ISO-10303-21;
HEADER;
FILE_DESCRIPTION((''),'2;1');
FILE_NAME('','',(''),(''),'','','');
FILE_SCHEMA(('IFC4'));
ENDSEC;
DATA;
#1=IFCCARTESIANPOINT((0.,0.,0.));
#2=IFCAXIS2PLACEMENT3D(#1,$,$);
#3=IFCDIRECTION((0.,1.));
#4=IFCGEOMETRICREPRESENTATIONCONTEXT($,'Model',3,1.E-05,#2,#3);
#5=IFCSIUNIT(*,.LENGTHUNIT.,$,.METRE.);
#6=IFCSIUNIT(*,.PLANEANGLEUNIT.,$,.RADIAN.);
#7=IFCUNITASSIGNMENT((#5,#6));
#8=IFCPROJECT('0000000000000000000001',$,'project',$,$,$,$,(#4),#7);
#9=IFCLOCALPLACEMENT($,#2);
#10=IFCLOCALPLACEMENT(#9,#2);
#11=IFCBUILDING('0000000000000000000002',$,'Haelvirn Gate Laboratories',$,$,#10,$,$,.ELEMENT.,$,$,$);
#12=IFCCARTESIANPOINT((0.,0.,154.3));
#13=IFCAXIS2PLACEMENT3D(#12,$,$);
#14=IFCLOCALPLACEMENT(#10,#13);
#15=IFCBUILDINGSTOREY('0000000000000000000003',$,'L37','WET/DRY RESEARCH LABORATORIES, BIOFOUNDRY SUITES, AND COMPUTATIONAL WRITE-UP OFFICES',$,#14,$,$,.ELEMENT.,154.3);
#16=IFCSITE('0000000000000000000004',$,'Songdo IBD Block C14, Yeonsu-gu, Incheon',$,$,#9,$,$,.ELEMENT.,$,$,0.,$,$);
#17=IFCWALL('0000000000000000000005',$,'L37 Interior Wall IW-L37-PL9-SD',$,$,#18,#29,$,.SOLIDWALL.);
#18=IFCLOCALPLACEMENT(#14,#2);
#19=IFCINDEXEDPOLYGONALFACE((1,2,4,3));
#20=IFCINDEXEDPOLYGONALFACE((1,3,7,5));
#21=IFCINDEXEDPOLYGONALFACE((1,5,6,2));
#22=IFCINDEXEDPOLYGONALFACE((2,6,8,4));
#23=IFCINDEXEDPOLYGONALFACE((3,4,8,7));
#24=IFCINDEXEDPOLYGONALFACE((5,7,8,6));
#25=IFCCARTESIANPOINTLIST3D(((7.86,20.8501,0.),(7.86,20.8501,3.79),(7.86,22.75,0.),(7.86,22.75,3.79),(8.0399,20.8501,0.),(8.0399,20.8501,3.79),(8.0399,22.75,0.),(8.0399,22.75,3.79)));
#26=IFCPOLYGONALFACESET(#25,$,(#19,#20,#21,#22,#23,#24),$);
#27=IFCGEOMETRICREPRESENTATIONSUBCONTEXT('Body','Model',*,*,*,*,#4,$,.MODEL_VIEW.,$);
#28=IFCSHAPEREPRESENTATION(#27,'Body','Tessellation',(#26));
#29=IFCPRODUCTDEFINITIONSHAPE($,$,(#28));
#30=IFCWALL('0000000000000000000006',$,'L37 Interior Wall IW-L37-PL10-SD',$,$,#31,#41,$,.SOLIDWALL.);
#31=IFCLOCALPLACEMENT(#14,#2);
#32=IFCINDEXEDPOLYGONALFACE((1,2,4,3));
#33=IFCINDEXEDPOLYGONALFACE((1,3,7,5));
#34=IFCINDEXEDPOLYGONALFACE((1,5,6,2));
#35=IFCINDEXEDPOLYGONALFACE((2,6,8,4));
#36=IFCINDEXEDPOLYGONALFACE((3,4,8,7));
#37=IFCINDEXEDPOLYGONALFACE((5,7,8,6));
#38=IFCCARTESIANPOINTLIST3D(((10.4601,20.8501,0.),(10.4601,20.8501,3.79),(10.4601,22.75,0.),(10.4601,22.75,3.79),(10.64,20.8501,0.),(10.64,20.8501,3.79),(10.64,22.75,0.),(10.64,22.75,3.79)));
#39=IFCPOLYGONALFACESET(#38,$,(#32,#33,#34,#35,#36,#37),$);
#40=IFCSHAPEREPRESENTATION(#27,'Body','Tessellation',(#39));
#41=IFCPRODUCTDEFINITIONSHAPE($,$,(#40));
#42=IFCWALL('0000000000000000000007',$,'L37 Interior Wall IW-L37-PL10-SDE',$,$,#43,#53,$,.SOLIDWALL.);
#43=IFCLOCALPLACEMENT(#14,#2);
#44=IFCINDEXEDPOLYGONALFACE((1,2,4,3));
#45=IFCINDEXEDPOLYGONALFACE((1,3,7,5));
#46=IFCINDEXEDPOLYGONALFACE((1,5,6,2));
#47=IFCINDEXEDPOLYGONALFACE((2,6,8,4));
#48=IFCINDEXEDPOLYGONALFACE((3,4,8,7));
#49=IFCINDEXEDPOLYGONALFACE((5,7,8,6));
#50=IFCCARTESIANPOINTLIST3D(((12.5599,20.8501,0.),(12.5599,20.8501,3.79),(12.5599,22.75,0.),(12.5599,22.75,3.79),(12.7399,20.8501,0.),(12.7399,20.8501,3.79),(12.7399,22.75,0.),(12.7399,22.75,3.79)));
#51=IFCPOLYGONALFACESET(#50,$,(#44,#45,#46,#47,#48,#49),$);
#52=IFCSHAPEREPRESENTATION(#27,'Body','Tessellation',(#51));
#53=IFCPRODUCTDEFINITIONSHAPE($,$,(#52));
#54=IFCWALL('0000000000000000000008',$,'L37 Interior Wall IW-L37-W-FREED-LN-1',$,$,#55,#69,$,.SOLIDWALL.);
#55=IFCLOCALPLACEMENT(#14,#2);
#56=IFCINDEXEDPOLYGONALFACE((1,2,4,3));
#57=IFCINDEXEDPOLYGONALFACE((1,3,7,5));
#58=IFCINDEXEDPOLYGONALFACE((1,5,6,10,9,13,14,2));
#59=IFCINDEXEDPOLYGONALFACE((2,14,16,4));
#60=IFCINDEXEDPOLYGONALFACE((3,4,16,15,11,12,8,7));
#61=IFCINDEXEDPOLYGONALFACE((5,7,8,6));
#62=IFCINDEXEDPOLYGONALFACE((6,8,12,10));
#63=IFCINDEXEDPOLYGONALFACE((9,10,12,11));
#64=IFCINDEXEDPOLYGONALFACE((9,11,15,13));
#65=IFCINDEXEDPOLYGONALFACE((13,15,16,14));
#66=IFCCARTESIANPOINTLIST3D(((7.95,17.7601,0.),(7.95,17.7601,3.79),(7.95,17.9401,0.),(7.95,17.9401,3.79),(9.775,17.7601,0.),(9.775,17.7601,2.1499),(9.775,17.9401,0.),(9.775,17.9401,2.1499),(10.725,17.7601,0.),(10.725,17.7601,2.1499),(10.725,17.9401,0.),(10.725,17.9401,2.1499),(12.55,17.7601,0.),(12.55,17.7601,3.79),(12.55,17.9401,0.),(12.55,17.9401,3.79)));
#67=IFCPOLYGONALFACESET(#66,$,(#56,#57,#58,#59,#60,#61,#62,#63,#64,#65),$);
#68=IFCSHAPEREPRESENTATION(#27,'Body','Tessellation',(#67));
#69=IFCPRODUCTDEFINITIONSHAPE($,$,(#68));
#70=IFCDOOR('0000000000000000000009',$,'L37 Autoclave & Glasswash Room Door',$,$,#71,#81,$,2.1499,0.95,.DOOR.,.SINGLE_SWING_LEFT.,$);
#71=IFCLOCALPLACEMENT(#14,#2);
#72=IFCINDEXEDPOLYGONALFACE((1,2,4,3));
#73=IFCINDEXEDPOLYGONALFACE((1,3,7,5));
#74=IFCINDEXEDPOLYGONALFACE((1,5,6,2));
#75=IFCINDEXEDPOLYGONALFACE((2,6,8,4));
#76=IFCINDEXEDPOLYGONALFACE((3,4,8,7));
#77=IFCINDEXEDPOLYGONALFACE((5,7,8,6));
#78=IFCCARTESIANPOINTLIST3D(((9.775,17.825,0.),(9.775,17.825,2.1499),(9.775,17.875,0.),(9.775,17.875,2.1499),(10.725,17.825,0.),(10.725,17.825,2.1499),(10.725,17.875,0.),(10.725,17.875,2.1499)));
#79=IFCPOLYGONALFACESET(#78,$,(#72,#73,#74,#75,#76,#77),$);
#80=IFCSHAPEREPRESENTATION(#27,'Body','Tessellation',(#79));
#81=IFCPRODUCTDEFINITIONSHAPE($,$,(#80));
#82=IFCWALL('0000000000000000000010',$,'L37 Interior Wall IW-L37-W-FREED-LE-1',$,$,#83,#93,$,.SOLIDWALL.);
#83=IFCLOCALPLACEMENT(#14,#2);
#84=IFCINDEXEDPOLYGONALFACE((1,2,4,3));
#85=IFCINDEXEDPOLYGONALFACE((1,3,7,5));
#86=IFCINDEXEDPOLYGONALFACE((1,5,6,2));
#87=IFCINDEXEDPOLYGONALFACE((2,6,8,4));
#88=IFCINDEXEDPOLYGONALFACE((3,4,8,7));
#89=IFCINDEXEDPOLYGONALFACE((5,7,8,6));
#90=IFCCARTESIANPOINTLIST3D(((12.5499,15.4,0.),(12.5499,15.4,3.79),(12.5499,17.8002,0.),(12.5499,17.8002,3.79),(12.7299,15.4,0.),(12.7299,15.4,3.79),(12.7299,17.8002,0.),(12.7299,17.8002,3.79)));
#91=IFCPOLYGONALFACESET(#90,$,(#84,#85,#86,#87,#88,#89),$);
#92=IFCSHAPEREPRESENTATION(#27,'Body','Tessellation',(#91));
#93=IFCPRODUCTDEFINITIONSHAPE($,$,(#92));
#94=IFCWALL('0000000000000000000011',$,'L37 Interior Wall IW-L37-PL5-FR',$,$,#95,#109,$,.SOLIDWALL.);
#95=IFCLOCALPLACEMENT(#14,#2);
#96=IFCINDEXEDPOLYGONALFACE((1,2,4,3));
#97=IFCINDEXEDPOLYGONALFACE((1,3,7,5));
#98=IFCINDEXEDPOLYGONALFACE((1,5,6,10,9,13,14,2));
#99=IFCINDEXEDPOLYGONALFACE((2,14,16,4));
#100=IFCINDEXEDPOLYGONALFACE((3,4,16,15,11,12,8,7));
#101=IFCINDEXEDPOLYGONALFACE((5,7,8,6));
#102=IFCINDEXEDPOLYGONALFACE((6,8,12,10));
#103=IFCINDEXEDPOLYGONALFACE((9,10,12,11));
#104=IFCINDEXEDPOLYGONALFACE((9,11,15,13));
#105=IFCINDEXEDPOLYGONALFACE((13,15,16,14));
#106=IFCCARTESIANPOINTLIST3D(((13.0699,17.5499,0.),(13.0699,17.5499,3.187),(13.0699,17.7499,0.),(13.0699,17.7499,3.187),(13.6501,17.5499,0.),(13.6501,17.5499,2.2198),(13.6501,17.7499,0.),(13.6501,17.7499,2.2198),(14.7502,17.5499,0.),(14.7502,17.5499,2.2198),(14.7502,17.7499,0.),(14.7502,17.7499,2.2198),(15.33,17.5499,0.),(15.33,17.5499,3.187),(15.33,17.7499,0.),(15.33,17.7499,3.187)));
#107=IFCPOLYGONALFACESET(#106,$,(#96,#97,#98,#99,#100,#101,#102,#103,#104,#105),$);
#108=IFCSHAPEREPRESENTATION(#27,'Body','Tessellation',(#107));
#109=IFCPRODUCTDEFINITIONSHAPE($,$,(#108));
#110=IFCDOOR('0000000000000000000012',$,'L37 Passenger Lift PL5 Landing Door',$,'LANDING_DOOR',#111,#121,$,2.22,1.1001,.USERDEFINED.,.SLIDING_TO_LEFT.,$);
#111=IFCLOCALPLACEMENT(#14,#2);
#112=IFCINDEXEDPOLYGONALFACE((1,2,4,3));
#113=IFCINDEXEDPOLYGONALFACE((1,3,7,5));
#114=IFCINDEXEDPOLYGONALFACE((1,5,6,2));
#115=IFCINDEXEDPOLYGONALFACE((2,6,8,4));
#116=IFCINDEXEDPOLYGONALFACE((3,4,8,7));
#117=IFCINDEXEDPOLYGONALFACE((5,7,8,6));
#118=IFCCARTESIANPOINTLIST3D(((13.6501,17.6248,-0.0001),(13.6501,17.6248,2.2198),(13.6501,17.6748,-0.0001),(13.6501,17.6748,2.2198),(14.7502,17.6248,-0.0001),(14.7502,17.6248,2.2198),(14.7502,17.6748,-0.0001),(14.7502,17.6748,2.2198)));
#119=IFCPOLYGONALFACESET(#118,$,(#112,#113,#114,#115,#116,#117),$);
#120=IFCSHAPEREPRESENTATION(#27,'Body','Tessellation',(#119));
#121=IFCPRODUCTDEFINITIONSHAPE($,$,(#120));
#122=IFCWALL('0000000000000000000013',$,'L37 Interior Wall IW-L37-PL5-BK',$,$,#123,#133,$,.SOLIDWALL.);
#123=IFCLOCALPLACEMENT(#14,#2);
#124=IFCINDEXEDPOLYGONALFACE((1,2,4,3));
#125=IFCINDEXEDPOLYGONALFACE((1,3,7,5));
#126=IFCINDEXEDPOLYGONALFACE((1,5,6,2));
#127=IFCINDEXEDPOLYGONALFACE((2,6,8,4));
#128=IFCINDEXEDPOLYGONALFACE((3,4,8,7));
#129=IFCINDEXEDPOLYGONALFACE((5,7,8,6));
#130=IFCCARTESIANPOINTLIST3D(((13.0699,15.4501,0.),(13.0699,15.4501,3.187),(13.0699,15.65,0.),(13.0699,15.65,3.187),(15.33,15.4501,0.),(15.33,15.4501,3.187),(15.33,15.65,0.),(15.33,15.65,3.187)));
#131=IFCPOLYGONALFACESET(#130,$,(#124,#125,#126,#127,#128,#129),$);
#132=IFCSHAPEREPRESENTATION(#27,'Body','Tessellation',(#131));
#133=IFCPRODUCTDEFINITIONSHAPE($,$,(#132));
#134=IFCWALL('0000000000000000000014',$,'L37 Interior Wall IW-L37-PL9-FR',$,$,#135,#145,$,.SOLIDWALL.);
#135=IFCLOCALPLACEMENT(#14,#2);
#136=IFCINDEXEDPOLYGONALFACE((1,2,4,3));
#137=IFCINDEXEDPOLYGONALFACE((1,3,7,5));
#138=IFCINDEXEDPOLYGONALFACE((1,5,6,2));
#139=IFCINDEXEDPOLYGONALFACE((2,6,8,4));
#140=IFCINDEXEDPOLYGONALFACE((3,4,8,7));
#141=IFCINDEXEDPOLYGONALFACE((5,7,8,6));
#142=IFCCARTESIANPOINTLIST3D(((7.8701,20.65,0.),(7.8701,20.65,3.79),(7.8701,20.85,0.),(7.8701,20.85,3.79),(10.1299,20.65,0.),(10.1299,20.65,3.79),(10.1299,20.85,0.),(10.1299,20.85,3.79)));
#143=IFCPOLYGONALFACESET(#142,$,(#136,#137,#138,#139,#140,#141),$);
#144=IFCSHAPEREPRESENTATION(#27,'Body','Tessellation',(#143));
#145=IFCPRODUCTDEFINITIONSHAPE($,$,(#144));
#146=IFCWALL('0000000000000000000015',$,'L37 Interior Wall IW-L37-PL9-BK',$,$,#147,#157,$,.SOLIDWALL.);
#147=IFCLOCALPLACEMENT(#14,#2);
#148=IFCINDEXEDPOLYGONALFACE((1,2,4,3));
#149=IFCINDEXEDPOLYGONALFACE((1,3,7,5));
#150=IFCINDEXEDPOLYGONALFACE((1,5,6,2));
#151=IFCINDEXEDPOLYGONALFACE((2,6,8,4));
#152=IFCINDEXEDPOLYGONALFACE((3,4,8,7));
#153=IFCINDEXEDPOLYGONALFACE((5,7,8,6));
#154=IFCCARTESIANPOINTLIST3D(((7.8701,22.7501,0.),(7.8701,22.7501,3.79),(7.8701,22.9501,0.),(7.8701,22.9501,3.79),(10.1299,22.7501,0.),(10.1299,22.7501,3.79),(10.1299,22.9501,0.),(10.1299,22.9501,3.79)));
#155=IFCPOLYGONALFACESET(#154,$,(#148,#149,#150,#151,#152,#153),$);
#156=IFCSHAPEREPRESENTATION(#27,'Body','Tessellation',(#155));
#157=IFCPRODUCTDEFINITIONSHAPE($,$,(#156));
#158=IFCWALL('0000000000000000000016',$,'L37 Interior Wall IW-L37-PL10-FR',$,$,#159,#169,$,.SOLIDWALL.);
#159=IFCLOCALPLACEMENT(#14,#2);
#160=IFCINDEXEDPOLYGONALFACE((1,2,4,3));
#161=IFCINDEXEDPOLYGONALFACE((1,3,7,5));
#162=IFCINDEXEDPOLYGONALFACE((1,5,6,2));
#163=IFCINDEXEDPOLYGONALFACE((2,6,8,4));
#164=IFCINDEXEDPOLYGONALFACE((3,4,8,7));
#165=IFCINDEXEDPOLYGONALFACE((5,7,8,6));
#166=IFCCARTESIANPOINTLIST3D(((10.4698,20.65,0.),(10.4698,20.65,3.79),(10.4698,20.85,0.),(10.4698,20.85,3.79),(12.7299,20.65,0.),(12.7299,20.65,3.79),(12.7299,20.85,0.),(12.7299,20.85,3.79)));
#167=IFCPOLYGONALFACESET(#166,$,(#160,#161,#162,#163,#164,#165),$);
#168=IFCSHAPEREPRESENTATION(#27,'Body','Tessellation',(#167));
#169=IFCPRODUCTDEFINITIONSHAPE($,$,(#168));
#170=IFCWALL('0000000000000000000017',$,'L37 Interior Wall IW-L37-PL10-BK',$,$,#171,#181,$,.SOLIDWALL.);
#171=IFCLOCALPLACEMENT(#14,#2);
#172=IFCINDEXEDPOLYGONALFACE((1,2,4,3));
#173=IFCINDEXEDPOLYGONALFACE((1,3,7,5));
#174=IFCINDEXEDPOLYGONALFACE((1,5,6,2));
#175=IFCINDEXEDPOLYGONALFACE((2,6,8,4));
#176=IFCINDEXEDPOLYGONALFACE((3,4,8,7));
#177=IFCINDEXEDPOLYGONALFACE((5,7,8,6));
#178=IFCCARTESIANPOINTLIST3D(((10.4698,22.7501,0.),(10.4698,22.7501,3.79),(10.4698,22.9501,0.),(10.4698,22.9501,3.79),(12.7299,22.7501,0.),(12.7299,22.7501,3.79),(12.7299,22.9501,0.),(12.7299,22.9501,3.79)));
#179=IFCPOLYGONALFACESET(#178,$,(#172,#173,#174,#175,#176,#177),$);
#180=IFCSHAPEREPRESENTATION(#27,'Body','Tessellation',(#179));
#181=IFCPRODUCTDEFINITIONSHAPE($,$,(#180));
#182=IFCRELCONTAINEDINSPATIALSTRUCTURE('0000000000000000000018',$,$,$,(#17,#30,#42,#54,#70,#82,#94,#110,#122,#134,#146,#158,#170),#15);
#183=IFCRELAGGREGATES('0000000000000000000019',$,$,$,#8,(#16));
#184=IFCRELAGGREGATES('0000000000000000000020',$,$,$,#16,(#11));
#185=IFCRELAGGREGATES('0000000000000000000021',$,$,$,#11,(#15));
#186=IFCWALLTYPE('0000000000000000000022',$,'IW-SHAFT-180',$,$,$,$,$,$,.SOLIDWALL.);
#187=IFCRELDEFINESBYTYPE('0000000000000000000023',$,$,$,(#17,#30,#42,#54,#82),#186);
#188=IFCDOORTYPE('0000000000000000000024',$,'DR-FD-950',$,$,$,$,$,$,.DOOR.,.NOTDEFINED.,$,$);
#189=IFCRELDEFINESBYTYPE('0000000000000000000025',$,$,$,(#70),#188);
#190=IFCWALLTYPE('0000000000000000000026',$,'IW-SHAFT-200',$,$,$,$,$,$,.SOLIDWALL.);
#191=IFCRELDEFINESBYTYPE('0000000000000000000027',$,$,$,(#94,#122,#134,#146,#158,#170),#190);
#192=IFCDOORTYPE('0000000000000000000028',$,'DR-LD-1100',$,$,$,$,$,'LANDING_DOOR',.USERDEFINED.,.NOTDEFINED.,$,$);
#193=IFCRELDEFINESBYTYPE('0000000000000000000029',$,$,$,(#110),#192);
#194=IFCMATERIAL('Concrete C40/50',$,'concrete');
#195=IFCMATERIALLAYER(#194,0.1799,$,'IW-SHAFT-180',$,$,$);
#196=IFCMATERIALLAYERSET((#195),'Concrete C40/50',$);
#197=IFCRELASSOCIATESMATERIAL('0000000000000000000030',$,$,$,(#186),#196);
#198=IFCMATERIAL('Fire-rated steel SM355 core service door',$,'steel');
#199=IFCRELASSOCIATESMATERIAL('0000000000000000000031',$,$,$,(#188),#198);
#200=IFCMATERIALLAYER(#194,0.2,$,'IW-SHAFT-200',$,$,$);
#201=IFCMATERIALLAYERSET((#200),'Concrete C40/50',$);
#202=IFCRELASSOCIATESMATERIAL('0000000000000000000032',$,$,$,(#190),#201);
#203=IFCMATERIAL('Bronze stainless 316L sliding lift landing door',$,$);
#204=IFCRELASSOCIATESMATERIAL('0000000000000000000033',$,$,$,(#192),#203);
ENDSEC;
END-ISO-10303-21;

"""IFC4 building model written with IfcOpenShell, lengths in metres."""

from ifc_helpers import new_model, si_unit, direction, frame, frame_2d, origin, place, context, subcontext, project, spatial, rectangle, extrude, source, transform, mapped, material, layer, layer_set, type_object, type_shapes, element, fill, save


model = new_model("IFC4")

# Units and contexts
model_context = context("Model", 3, precision=1e-05, world=origin(), true_north=direction((0.0, 1.0)))
body_context = subcontext(model_context, "Body", "Model", "MODEL_VIEW")
ifc_project = project(units=[si_unit("LENGTHUNIT", "METRE"), si_unit("PLANEANGLEUNIT", "RADIAN")], contexts=[model_context])

# Site, building, storey
site_placement = place(None, origin())
site = spatial("IfcSite", under=ifc_project, at=site_placement, Name="Songdo IBD Block C14, Yeonsu-gu, Incheon", CompositionType="ELEMENT", RefElevation=0.0)
building_placement = place(site_placement, origin())
building = spatial("IfcBuilding", under=site, at=building_placement, Name="Haelvirn Gate Laboratories", CompositionType="ELEMENT")
storey_placement = place(building_placement, frame((0.0, 0.0, 154.3)))
storey = spatial("IfcBuildingStorey", under=building, at=storey_placement, Name="L37", Description="WET/DRY RESEARCH LABORATORIES, BIOFOUNDRY SUITES, AND COMPUTATIONAL WRITE-UP OFFICES", CompositionType="ELEMENT", Elevation=154.3)

# Walls
ifc_material_1 = material(Name="Concrete C40/50", Category="concrete")
ifc_layer_1 = layer(ifc_material_1, 0.1799, Name="IW-SHAFT-180")
ifc_layer_set_1 = layer_set([ifc_layer_1], Name="Concrete C40/50")
wall_type_1 = type_object("IfcWallType", Name="IW-SHAFT-180", PredefinedType="SOLIDWALL", material=ifc_layer_set_1)
for number, where, z_axis, x_axis, name in (
    (1, (7.95, 20.8501, 0.0), (0.0, 0.0, 1.0), (0.0, 1.0, 0.0), "L37 Interior Wall IW-L37-PL9-SD"),
    (2, (10.55, 20.8501, 0.0), (0.0, 0.0, 1.0), (0.0, 1.0, 0.0), "L37 Interior Wall IW-L37-PL10-SD"),
    (3, (12.6499, 20.8501, 0.0), (0.0, 0.0, 1.0), (0.0, 1.0, 0.0), "L37 Interior Wall IW-L37-PL10-SDE"),
):
    element("IfcWall", number, at=place(storey_placement, frame(where, z_axis=z_axis, x_axis=x_axis)), inside=storey, type_object=wall_type_1, Name=name, PredefinedType="SOLIDWALL", context=body_context, shape_type="SweptSolid", body=[
        extrude(rectangle(XDim=1.8999, YDim=0.1799, at=frame_2d((0.95, 0.0))), origin(), (0.0, 0.0, 1.0), 3.79),
    ])

# Wall, opening, door
wall_1_placement = place(storey_placement, frame((7.95, 17.8501, 0.0), z_axis=(0.0, 0.0, 1.0), x_axis=(1.0, 0.0, 0.0)))
wall_1 = element("IfcWall", 4, at=wall_1_placement, inside=storey, type_object=wall_type_1, Name="L37 Interior Wall IW-L37-W-FREED-LN-1", PredefinedType="SOLIDWALL", context=body_context, shape_type="SweptSolid", body=[
    extrude(rectangle(XDim=4.6001, YDim=0.1799, at=frame_2d((2.3, 0.0))), origin(), (0.0, 0.0, 1.0), 3.79),
])
opening_1_placement = place(wall_1_placement, frame((1.825, 0.0, 0.0)))
opening_1 = element("IfcOpeningElement", 5, at=opening_1_placement, cuts=wall_1, PredefinedType="OPENING", context=body_context, shape_type="SweptSolid", body=[
    extrude(rectangle(XDim=0.95, YDim=2.1499, at=frame_2d((0.4751, 1.075))), frame((0.0, 0.1001, 0.0), z_axis=(0.0, -1.0, 0.0), x_axis=(1.0, 0.0, 0.0)), (0.0, 0.0, 1.0), 0.2),
])
ifc_material_2 = material(Name="Fire-rated steel SM355 core service door", Category="steel")
door_type_1 = type_object("IfcDoorType", Name="DR-FD-950", OperationType="NOTDEFINED", PredefinedType="DOOR", material=ifc_material_2)
shared_shape_1 = source(origin(), body_context, "Body", "SweptSolid", [
    extrude(rectangle(XDim=0.95, YDim=2.1499, at=frame_2d((0.4751, 1.075))), frame((0.0, 0.0249, 0.0), z_axis=(0.0, -1.0, 0.0), x_axis=(1.0, 0.0, 0.0)), (0.0, 0.0, 1.0), 0.05),
])
type_shapes(door_type_1, [shared_shape_1])
door_1_placement = place(opening_1_placement, origin())
door_1 = element("IfcDoor", 6, at=door_1_placement, inside=storey, type_object=door_type_1, Name="L37 Autoclave & Glasswash Room Door", OperationType="SINGLE_SWING_LEFT", OverallHeight=2.1499, OverallWidth=0.95, PredefinedType="DOOR", context=body_context, shape_type="MappedRepresentation", body=[
    mapped(shared_shape_1, transform((0.0, 0.0, 0.0), scale=1.0)),
])
fill(opening_1, door_1)

# Wall
wall_2_placement = place(storey_placement, frame((12.6399, 15.3999, 0.0), z_axis=(0.0, 0.0, 1.0), x_axis=(0.0, 1.0, 0.0)))
element("IfcWall", 7, at=wall_2_placement, inside=storey, type_object=wall_type_1, Name="L37 Interior Wall IW-L37-W-FREED-LE-1", PredefinedType="SOLIDWALL", context=body_context, shape_type="SweptSolid", body=[
    extrude(rectangle(XDim=2.4001, YDim=0.1799, at=frame_2d((1.2002, 0.0))), origin(), (0.0, 0.0, 1.0), 3.79),
])

# Wall, opening, door
ifc_layer_2 = layer(ifc_material_1, 0.2, Name="IW-SHAFT-200")
ifc_layer_set_2 = layer_set([ifc_layer_2], Name="Concrete C40/50")
wall_type_2 = type_object("IfcWallType", Name="IW-SHAFT-200", PredefinedType="SOLIDWALL", material=ifc_layer_set_2)
wall_3_placement = place(storey_placement, frame((13.0701, 17.6499, 0.0), z_axis=(0.0, 0.0, 1.0), x_axis=(1.0, 0.0, 0.0)))
wall_3 = element("IfcWall", 8, at=wall_3_placement, inside=storey, type_object=wall_type_2, Name="L37 Interior Wall IW-L37-PL5-FR", PredefinedType="SOLIDWALL", context=body_context, shape_type="SweptSolid", body=[
    extrude(rectangle(XDim=2.26, YDim=0.2, at=frame_2d((1.1299, 0.0))), origin(), (0.0, 0.0, 1.0), 3.187),
])
opening_2_placement = place(wall_3_placement, frame((0.5801, 0.0, 0.0)))
opening_2 = element("IfcOpeningElement", 9, at=opening_2_placement, cuts=wall_3, PredefinedType="OPENING", context=body_context, shape_type="SweptSolid", body=[
    extrude(rectangle(XDim=1.1001, YDim=2.22, at=frame_2d((0.55, 1.1099))), frame((0.0, 0.1099, 0.0), z_axis=(0.0, -1.0, 0.0), x_axis=(1.0, 0.0, 0.0)), (0.0, 0.0, 1.0), 0.22),
])
ifc_material_3 = material(Name="Bronze stainless 316L sliding lift landing door")
door_type_2 = type_object("IfcDoorType", Name="DR-LD-1100", ElementType="LANDING_DOOR", OperationType="NOTDEFINED", PredefinedType="USERDEFINED", material=ifc_material_3)
shared_shape_2 = source(origin(), body_context, "Body", "SweptSolid", [
    extrude(rectangle(XDim=1.1001, YDim=2.22, at=frame_2d((0.55, 1.1099))), frame((0.0, 0.0249, 0.0), z_axis=(0.0, -1.0, 0.0), x_axis=(1.0, 0.0, 0.0)), (0.0, 0.0, 1.0), 0.05),
])
type_shapes(door_type_2, [shared_shape_2])
door_2_placement = place(opening_2_placement, origin())
door_2 = element("IfcDoor", 10, at=door_2_placement, inside=storey, type_object=door_type_2, Name="L37 Passenger Lift PL5 Landing Door", ObjectType="LANDING_DOOR", OperationType="SLIDING_TO_LEFT", OverallHeight=2.22, OverallWidth=1.1001, PredefinedType="USERDEFINED", context=body_context, shape_type="MappedRepresentation", body=[
    mapped(shared_shape_2, transform((0.0, 0.0, 0.0), scale=1.0)),
])
fill(opening_2, door_2)

# Walls
wall_4_placement = place(storey_placement, frame((13.0701, 15.55, 0.0), z_axis=(0.0, 0.0, 1.0), x_axis=(1.0, 0.0, 0.0)))
element("IfcWall", 11, at=wall_4_placement, inside=storey, type_object=wall_type_2, Name="L37 Interior Wall IW-L37-PL5-BK", PredefinedType="SOLIDWALL", context=body_context, shape_type="SweptSolid", body=[
    extrude(rectangle(XDim=2.26, YDim=0.2, at=frame_2d((1.1299, 0.0))), origin(), (0.0, 0.0, 1.0), 3.187),
])
for number, where, z_axis, x_axis, name in (
    (12, (7.8701, 20.75, 0.0), (0.0, 0.0, 1.0), (1.0, 0.0, 0.0), "L37 Interior Wall IW-L37-PL9-FR"),
    (13, (7.8701, 22.8501, 0.0), (0.0, 0.0, 1.0), (1.0, 0.0, 0.0), "L37 Interior Wall IW-L37-PL9-BK"),
):
    element("IfcWall", number, at=place(storey_placement, frame(where, z_axis=z_axis, x_axis=x_axis)), inside=storey, type_object=wall_type_2, Name=name, PredefinedType="SOLIDWALL", context=body_context, shape_type="SweptSolid", body=[
        extrude(rectangle(XDim=2.2598, YDim=0.2, at=frame_2d((1.1299, 0.0))), origin(), (0.0, 0.0, 1.0), 3.79),
    ])
for number, where, z_axis, x_axis, name in (
    (14, (10.47, 20.75, 0.0), (0.0, 0.0, 1.0), (1.0, 0.0, 0.0), "L37 Interior Wall IW-L37-PL10-FR"),
    (15, (10.47, 22.8501, 0.0), (0.0, 0.0, 1.0), (1.0, 0.0, 0.0), "L37 Interior Wall IW-L37-PL10-BK"),
):
    element("IfcWall", number, at=place(storey_placement, frame(where, z_axis=z_axis, x_axis=x_axis)), inside=storey, type_object=wall_type_2, Name=name, PredefinedType="SOLIDWALL", context=body_context, shape_type="SweptSolid", body=[
        extrude(rectangle(XDim=2.26, YDim=0.2, at=frame_2d((1.1299, 0.0))), origin(), (0.0, 0.0, 1.0), 3.79),
    ])

save(model, "model.ifc")
